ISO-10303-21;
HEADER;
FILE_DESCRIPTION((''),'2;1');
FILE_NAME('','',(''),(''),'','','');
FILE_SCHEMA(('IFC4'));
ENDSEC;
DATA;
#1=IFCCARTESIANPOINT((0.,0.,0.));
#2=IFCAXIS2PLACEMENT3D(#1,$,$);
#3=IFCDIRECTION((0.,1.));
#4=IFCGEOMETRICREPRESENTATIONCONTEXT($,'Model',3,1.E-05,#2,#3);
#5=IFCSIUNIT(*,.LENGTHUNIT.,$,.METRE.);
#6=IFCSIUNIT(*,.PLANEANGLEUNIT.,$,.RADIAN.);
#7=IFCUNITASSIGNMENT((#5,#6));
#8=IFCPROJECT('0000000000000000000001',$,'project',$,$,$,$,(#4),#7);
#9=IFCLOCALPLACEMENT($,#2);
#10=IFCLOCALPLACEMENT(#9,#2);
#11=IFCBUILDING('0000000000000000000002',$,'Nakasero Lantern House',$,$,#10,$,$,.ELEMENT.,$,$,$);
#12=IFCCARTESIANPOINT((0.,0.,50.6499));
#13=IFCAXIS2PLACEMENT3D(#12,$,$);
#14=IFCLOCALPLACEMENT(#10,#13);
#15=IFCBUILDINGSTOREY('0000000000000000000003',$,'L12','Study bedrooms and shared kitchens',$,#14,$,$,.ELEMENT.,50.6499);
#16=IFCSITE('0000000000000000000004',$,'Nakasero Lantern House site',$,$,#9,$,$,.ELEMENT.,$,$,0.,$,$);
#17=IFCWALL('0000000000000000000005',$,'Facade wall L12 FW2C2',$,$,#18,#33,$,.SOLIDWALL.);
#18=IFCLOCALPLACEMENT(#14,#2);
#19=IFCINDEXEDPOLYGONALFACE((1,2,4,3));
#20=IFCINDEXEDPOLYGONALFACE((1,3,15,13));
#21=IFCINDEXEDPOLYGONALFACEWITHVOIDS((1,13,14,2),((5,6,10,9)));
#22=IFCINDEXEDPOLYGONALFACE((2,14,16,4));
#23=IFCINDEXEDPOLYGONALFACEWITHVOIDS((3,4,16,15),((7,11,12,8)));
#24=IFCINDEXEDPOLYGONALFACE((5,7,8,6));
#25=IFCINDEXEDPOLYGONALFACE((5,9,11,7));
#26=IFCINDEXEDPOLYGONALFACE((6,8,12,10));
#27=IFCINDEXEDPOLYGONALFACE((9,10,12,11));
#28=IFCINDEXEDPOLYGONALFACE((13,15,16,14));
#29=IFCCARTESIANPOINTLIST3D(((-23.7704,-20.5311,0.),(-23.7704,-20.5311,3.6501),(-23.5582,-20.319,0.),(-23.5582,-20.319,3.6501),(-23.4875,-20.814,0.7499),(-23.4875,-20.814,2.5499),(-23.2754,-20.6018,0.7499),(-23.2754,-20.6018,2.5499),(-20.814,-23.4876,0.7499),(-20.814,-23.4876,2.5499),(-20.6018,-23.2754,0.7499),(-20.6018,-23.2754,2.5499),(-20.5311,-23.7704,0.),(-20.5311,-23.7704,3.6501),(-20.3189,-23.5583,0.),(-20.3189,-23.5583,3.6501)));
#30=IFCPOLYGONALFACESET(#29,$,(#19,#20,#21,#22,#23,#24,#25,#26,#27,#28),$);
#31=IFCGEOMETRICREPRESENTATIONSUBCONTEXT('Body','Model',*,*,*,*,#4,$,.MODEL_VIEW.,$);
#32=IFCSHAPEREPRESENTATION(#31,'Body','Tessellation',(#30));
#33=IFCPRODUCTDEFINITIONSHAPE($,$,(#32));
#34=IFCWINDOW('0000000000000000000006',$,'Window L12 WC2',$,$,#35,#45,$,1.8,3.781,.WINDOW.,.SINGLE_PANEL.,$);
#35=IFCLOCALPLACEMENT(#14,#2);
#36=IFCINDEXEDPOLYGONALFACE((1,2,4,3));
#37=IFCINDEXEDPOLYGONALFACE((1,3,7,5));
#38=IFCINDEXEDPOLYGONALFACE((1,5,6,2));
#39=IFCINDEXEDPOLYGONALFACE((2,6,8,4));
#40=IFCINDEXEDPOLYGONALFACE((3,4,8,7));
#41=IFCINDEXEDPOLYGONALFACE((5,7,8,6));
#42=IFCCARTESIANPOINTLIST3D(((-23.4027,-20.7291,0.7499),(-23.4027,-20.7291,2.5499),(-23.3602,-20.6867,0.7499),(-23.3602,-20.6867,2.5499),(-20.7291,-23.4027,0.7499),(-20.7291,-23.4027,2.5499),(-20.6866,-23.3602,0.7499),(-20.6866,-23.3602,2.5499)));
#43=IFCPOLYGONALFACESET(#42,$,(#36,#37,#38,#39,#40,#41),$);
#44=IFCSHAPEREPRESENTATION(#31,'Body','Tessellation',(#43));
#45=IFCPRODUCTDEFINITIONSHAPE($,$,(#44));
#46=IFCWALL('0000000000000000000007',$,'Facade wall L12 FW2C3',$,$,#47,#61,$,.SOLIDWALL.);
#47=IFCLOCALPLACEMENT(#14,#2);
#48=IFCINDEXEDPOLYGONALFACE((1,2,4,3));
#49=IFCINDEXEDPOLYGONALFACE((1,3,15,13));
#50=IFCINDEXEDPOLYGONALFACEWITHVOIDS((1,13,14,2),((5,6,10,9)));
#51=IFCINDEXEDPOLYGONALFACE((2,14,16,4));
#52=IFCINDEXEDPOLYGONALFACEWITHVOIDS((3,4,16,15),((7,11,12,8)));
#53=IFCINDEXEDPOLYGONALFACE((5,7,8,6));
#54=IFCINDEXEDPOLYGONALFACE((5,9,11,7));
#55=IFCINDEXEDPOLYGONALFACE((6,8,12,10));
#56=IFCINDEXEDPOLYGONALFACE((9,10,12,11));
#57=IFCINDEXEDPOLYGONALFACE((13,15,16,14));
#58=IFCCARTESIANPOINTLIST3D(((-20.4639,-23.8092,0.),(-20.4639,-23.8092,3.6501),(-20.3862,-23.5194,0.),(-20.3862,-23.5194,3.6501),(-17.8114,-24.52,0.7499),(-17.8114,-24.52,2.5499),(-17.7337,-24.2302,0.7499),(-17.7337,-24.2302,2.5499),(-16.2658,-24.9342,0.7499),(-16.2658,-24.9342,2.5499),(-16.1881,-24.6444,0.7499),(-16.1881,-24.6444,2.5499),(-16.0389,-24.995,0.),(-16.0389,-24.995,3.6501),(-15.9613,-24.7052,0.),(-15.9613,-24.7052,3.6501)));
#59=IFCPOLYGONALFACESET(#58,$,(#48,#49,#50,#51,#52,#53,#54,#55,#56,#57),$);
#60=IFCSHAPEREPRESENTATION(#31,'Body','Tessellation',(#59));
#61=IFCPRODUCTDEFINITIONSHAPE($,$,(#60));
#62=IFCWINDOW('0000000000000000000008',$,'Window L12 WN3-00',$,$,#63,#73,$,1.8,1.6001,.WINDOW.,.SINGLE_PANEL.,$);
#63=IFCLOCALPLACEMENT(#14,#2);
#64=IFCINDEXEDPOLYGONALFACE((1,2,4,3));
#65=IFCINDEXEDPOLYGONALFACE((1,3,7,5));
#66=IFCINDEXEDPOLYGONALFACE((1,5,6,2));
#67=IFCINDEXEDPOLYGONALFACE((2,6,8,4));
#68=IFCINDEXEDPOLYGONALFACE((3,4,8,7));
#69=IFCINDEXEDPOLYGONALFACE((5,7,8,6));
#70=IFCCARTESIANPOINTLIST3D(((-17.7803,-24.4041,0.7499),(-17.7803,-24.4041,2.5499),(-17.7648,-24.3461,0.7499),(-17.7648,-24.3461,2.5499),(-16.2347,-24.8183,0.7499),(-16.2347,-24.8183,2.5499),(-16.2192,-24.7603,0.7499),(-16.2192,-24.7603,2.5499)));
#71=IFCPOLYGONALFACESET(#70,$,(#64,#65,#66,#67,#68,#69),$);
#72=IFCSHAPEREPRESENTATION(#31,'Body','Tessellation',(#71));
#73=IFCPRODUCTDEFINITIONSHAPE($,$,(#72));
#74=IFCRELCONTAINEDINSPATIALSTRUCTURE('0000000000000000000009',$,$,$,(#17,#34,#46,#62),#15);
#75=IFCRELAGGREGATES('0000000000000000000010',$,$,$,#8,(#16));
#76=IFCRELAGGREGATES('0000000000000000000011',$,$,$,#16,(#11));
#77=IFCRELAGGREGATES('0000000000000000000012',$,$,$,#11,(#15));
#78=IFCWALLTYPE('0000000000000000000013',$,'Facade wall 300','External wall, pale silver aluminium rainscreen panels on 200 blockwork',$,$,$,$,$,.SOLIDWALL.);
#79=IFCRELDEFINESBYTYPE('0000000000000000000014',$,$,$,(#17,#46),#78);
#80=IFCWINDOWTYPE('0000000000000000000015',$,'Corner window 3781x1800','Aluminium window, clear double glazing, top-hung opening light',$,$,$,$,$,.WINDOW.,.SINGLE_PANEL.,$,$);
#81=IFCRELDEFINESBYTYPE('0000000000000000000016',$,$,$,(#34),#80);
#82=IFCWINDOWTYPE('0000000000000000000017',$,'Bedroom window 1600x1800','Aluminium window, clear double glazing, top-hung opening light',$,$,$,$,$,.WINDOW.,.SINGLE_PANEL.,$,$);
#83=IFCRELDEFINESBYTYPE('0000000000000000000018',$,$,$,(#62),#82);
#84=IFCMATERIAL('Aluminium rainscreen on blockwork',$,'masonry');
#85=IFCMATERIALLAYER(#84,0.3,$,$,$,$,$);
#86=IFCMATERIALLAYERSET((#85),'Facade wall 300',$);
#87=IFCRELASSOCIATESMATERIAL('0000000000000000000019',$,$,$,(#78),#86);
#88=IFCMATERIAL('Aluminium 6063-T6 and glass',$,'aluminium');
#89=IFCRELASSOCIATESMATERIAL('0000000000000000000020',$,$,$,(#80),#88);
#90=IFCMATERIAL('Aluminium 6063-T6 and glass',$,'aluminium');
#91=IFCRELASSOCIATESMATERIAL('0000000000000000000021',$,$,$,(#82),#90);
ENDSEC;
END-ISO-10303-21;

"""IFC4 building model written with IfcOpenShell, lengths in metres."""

from ifc_helpers import new_model, si_unit, direction, frame, frame_2d, origin, place, context, subcontext, project, spatial, rectangle, extrude, material, layer, layer_set, type_object, element, fill, save


model = new_model("IFC4")

# Units and contexts
model_context = context("Model", 3, precision=1e-05, world=origin(), true_north=direction((0.0, 1.0)))
body_context = subcontext(model_context, "Body", "Model", "MODEL_VIEW")
ifc_project = project(units=[si_unit("LENGTHUNIT", "METRE"), si_unit("PLANEANGLEUNIT", "RADIAN")], contexts=[model_context])

# Site, building, storey
site_placement = place(None, origin())
site = spatial("IfcSite", under=ifc_project, at=site_placement, Name="Nakasero Lantern House site", CompositionType="ELEMENT", RefElevation=0.0)
building_placement = place(site_placement, origin())
building = spatial("IfcBuilding", under=site, at=building_placement, Name="Nakasero Lantern House", CompositionType="ELEMENT")
storey_placement = place(building_placement, frame((0.0, 0.0, 50.6499)))
storey = spatial("IfcBuildingStorey", under=building, at=storey_placement, Name="L12", Description="Study bedrooms and shared kitchens", CompositionType="ELEMENT", Elevation=50.6499)

# Walls, openings, windows
ifc_material_1 = material(Name="Aluminium rainscreen on blockwork", Category="masonry")
ifc_layer_1 = layer(ifc_material_1, 0.3)
ifc_layer_set_1 = layer_set([ifc_layer_1], Name="Facade wall 300")
wall_type_1 = type_object("IfcWallType", Name="Facade wall 300", Description="External wall, pale silver aluminium rainscreen panels on 200 blockwork", PredefinedType="SOLIDWALL", material=ifc_layer_set_1)
wall_1_placement = place(storey_placement, frame((-23.6643, -20.425, 0.0), z_axis=(0.0, 0.0, 1.0), x_axis=(0.707107, -0.707107, 0.0)))
wall_1 = element("IfcWall", 1, at=wall_1_placement, inside=storey, type_object=wall_type_1, Name="Facade wall L12 FW2C2", PredefinedType="SOLIDWALL", context=body_context, shape_type="SweptSolid", body=[
    extrude(rectangle(XDim=4.5811, YDim=0.3, at=frame_2d((2.2905, 0.0))), origin(), (0.0, 0.0, 1.0), 3.6501),
])
opening_1_placement = place(wall_1_placement, frame((0.3999, 0.0, 0.75)))
opening_1 = element("IfcOpeningElement", 2, at=opening_1_placement, cuts=wall_1, PredefinedType="OPENING", context=body_context, shape_type="SweptSolid", body=[
    extrude(rectangle(XDim=3.781, YDim=1.8, at=frame_2d((1.8906, 0.8999))), frame((0.0, 0.1699, 0.0), z_axis=(0.0, -1.0, 0.0), x_axis=(1.0, 0.0, 0.0)), (0.0, 0.0, 1.0), 0.3401),
])
ifc_material_2 = material(Name="Aluminium 6063-T6 and glass", Category="aluminium")
window_type_1 = type_object("IfcWindowType", Name="Corner window 3781x1800", Description="Aluminium window, clear double glazing, top-hung opening light", PartitioningType="SINGLE_PANEL", PredefinedType="WINDOW", material=ifc_material_2)
window_1_placement = place(opening_1_placement, origin())
window_1 = element("IfcWindow", 3, at=window_1_placement, inside=storey, type_object=window_type_1, Name="Window L12 WC2", OverallHeight=1.8, OverallWidth=3.781, PartitioningType="SINGLE_PANEL", PredefinedType="WINDOW", context=body_context, shape_type="SweptSolid", body=[
    extrude(rectangle(XDim=3.781, YDim=1.8, at=frame_2d((1.8906, 0.8999))), frame((0.0, 0.03, 0.0), z_axis=(0.0, -1.0, 0.0), x_axis=(1.0, 0.0, 0.0)), (0.0, 0.0, 1.0), 0.0601),
])
fill(opening_1, window_1)
wall_2_placement = place(storey_placement, frame((-20.425, -23.6643, 0.0), z_axis=(0.0, 0.0, 1.0), x_axis=(0.96592, -0.25884, 0.0)))
wall_2 = element("IfcWall", 4, at=wall_2_placement, inside=storey, type_object=wall_type_1, Name="Facade wall L12 FW2C3", PredefinedType="SOLIDWALL", context=body_context, shape_type="SweptSolid", body=[
    extrude(rectangle(XDim=4.5811, YDim=0.3, at=frame_2d((2.2905, 0.0))), origin(), (0.0, 0.0, 1.0), 3.6501),
])
opening_2_placement = place(wall_2_placement, frame((2.7461, 0.0, 0.75)))
opening_2 = element("IfcOpeningElement", 5, at=opening_2_placement, cuts=wall_2, PredefinedType="OPENING", context=body_context, shape_type="SweptSolid", body=[
    extrude(rectangle(XDim=1.6001, YDim=1.8, at=frame_2d((0.8, 0.8999))), frame((0.0, 0.1699, 0.0), z_axis=(0.0, -1.0, 0.0), x_axis=(1.0, 0.0, 0.0)), (0.0, 0.0, 1.0), 0.3401),
])
ifc_material_3 = material(Name="Aluminium 6063-T6 and glass", Category="aluminium")
window_type_2 = type_object("IfcWindowType", Name="Bedroom window 1600x1800", Description="Aluminium window, clear double glazing, top-hung opening light", PartitioningType="SINGLE_PANEL", PredefinedType="WINDOW", material=ifc_material_3)
window_2_placement = place(opening_2_placement, origin())
window_2 = element("IfcWindow", 6, at=window_2_placement, inside=storey, type_object=window_type_2, Name="Window L12 WN3-00", OverallHeight=1.8, OverallWidth=1.6001, PartitioningType="SINGLE_PANEL", PredefinedType="WINDOW", context=body_context, shape_type="SweptSolid", body=[
    extrude(rectangle(XDim=1.6001, YDim=1.8, at=frame_2d((0.8, 0.8999))), frame((0.0, 0.03, 0.0), z_axis=(0.0, -1.0, 0.0), x_axis=(1.0, 0.0, 0.0)), (0.0, 0.0, 1.0), 0.0601),
])
fill(opening_2, window_2)

save(model, "model.ifc")
